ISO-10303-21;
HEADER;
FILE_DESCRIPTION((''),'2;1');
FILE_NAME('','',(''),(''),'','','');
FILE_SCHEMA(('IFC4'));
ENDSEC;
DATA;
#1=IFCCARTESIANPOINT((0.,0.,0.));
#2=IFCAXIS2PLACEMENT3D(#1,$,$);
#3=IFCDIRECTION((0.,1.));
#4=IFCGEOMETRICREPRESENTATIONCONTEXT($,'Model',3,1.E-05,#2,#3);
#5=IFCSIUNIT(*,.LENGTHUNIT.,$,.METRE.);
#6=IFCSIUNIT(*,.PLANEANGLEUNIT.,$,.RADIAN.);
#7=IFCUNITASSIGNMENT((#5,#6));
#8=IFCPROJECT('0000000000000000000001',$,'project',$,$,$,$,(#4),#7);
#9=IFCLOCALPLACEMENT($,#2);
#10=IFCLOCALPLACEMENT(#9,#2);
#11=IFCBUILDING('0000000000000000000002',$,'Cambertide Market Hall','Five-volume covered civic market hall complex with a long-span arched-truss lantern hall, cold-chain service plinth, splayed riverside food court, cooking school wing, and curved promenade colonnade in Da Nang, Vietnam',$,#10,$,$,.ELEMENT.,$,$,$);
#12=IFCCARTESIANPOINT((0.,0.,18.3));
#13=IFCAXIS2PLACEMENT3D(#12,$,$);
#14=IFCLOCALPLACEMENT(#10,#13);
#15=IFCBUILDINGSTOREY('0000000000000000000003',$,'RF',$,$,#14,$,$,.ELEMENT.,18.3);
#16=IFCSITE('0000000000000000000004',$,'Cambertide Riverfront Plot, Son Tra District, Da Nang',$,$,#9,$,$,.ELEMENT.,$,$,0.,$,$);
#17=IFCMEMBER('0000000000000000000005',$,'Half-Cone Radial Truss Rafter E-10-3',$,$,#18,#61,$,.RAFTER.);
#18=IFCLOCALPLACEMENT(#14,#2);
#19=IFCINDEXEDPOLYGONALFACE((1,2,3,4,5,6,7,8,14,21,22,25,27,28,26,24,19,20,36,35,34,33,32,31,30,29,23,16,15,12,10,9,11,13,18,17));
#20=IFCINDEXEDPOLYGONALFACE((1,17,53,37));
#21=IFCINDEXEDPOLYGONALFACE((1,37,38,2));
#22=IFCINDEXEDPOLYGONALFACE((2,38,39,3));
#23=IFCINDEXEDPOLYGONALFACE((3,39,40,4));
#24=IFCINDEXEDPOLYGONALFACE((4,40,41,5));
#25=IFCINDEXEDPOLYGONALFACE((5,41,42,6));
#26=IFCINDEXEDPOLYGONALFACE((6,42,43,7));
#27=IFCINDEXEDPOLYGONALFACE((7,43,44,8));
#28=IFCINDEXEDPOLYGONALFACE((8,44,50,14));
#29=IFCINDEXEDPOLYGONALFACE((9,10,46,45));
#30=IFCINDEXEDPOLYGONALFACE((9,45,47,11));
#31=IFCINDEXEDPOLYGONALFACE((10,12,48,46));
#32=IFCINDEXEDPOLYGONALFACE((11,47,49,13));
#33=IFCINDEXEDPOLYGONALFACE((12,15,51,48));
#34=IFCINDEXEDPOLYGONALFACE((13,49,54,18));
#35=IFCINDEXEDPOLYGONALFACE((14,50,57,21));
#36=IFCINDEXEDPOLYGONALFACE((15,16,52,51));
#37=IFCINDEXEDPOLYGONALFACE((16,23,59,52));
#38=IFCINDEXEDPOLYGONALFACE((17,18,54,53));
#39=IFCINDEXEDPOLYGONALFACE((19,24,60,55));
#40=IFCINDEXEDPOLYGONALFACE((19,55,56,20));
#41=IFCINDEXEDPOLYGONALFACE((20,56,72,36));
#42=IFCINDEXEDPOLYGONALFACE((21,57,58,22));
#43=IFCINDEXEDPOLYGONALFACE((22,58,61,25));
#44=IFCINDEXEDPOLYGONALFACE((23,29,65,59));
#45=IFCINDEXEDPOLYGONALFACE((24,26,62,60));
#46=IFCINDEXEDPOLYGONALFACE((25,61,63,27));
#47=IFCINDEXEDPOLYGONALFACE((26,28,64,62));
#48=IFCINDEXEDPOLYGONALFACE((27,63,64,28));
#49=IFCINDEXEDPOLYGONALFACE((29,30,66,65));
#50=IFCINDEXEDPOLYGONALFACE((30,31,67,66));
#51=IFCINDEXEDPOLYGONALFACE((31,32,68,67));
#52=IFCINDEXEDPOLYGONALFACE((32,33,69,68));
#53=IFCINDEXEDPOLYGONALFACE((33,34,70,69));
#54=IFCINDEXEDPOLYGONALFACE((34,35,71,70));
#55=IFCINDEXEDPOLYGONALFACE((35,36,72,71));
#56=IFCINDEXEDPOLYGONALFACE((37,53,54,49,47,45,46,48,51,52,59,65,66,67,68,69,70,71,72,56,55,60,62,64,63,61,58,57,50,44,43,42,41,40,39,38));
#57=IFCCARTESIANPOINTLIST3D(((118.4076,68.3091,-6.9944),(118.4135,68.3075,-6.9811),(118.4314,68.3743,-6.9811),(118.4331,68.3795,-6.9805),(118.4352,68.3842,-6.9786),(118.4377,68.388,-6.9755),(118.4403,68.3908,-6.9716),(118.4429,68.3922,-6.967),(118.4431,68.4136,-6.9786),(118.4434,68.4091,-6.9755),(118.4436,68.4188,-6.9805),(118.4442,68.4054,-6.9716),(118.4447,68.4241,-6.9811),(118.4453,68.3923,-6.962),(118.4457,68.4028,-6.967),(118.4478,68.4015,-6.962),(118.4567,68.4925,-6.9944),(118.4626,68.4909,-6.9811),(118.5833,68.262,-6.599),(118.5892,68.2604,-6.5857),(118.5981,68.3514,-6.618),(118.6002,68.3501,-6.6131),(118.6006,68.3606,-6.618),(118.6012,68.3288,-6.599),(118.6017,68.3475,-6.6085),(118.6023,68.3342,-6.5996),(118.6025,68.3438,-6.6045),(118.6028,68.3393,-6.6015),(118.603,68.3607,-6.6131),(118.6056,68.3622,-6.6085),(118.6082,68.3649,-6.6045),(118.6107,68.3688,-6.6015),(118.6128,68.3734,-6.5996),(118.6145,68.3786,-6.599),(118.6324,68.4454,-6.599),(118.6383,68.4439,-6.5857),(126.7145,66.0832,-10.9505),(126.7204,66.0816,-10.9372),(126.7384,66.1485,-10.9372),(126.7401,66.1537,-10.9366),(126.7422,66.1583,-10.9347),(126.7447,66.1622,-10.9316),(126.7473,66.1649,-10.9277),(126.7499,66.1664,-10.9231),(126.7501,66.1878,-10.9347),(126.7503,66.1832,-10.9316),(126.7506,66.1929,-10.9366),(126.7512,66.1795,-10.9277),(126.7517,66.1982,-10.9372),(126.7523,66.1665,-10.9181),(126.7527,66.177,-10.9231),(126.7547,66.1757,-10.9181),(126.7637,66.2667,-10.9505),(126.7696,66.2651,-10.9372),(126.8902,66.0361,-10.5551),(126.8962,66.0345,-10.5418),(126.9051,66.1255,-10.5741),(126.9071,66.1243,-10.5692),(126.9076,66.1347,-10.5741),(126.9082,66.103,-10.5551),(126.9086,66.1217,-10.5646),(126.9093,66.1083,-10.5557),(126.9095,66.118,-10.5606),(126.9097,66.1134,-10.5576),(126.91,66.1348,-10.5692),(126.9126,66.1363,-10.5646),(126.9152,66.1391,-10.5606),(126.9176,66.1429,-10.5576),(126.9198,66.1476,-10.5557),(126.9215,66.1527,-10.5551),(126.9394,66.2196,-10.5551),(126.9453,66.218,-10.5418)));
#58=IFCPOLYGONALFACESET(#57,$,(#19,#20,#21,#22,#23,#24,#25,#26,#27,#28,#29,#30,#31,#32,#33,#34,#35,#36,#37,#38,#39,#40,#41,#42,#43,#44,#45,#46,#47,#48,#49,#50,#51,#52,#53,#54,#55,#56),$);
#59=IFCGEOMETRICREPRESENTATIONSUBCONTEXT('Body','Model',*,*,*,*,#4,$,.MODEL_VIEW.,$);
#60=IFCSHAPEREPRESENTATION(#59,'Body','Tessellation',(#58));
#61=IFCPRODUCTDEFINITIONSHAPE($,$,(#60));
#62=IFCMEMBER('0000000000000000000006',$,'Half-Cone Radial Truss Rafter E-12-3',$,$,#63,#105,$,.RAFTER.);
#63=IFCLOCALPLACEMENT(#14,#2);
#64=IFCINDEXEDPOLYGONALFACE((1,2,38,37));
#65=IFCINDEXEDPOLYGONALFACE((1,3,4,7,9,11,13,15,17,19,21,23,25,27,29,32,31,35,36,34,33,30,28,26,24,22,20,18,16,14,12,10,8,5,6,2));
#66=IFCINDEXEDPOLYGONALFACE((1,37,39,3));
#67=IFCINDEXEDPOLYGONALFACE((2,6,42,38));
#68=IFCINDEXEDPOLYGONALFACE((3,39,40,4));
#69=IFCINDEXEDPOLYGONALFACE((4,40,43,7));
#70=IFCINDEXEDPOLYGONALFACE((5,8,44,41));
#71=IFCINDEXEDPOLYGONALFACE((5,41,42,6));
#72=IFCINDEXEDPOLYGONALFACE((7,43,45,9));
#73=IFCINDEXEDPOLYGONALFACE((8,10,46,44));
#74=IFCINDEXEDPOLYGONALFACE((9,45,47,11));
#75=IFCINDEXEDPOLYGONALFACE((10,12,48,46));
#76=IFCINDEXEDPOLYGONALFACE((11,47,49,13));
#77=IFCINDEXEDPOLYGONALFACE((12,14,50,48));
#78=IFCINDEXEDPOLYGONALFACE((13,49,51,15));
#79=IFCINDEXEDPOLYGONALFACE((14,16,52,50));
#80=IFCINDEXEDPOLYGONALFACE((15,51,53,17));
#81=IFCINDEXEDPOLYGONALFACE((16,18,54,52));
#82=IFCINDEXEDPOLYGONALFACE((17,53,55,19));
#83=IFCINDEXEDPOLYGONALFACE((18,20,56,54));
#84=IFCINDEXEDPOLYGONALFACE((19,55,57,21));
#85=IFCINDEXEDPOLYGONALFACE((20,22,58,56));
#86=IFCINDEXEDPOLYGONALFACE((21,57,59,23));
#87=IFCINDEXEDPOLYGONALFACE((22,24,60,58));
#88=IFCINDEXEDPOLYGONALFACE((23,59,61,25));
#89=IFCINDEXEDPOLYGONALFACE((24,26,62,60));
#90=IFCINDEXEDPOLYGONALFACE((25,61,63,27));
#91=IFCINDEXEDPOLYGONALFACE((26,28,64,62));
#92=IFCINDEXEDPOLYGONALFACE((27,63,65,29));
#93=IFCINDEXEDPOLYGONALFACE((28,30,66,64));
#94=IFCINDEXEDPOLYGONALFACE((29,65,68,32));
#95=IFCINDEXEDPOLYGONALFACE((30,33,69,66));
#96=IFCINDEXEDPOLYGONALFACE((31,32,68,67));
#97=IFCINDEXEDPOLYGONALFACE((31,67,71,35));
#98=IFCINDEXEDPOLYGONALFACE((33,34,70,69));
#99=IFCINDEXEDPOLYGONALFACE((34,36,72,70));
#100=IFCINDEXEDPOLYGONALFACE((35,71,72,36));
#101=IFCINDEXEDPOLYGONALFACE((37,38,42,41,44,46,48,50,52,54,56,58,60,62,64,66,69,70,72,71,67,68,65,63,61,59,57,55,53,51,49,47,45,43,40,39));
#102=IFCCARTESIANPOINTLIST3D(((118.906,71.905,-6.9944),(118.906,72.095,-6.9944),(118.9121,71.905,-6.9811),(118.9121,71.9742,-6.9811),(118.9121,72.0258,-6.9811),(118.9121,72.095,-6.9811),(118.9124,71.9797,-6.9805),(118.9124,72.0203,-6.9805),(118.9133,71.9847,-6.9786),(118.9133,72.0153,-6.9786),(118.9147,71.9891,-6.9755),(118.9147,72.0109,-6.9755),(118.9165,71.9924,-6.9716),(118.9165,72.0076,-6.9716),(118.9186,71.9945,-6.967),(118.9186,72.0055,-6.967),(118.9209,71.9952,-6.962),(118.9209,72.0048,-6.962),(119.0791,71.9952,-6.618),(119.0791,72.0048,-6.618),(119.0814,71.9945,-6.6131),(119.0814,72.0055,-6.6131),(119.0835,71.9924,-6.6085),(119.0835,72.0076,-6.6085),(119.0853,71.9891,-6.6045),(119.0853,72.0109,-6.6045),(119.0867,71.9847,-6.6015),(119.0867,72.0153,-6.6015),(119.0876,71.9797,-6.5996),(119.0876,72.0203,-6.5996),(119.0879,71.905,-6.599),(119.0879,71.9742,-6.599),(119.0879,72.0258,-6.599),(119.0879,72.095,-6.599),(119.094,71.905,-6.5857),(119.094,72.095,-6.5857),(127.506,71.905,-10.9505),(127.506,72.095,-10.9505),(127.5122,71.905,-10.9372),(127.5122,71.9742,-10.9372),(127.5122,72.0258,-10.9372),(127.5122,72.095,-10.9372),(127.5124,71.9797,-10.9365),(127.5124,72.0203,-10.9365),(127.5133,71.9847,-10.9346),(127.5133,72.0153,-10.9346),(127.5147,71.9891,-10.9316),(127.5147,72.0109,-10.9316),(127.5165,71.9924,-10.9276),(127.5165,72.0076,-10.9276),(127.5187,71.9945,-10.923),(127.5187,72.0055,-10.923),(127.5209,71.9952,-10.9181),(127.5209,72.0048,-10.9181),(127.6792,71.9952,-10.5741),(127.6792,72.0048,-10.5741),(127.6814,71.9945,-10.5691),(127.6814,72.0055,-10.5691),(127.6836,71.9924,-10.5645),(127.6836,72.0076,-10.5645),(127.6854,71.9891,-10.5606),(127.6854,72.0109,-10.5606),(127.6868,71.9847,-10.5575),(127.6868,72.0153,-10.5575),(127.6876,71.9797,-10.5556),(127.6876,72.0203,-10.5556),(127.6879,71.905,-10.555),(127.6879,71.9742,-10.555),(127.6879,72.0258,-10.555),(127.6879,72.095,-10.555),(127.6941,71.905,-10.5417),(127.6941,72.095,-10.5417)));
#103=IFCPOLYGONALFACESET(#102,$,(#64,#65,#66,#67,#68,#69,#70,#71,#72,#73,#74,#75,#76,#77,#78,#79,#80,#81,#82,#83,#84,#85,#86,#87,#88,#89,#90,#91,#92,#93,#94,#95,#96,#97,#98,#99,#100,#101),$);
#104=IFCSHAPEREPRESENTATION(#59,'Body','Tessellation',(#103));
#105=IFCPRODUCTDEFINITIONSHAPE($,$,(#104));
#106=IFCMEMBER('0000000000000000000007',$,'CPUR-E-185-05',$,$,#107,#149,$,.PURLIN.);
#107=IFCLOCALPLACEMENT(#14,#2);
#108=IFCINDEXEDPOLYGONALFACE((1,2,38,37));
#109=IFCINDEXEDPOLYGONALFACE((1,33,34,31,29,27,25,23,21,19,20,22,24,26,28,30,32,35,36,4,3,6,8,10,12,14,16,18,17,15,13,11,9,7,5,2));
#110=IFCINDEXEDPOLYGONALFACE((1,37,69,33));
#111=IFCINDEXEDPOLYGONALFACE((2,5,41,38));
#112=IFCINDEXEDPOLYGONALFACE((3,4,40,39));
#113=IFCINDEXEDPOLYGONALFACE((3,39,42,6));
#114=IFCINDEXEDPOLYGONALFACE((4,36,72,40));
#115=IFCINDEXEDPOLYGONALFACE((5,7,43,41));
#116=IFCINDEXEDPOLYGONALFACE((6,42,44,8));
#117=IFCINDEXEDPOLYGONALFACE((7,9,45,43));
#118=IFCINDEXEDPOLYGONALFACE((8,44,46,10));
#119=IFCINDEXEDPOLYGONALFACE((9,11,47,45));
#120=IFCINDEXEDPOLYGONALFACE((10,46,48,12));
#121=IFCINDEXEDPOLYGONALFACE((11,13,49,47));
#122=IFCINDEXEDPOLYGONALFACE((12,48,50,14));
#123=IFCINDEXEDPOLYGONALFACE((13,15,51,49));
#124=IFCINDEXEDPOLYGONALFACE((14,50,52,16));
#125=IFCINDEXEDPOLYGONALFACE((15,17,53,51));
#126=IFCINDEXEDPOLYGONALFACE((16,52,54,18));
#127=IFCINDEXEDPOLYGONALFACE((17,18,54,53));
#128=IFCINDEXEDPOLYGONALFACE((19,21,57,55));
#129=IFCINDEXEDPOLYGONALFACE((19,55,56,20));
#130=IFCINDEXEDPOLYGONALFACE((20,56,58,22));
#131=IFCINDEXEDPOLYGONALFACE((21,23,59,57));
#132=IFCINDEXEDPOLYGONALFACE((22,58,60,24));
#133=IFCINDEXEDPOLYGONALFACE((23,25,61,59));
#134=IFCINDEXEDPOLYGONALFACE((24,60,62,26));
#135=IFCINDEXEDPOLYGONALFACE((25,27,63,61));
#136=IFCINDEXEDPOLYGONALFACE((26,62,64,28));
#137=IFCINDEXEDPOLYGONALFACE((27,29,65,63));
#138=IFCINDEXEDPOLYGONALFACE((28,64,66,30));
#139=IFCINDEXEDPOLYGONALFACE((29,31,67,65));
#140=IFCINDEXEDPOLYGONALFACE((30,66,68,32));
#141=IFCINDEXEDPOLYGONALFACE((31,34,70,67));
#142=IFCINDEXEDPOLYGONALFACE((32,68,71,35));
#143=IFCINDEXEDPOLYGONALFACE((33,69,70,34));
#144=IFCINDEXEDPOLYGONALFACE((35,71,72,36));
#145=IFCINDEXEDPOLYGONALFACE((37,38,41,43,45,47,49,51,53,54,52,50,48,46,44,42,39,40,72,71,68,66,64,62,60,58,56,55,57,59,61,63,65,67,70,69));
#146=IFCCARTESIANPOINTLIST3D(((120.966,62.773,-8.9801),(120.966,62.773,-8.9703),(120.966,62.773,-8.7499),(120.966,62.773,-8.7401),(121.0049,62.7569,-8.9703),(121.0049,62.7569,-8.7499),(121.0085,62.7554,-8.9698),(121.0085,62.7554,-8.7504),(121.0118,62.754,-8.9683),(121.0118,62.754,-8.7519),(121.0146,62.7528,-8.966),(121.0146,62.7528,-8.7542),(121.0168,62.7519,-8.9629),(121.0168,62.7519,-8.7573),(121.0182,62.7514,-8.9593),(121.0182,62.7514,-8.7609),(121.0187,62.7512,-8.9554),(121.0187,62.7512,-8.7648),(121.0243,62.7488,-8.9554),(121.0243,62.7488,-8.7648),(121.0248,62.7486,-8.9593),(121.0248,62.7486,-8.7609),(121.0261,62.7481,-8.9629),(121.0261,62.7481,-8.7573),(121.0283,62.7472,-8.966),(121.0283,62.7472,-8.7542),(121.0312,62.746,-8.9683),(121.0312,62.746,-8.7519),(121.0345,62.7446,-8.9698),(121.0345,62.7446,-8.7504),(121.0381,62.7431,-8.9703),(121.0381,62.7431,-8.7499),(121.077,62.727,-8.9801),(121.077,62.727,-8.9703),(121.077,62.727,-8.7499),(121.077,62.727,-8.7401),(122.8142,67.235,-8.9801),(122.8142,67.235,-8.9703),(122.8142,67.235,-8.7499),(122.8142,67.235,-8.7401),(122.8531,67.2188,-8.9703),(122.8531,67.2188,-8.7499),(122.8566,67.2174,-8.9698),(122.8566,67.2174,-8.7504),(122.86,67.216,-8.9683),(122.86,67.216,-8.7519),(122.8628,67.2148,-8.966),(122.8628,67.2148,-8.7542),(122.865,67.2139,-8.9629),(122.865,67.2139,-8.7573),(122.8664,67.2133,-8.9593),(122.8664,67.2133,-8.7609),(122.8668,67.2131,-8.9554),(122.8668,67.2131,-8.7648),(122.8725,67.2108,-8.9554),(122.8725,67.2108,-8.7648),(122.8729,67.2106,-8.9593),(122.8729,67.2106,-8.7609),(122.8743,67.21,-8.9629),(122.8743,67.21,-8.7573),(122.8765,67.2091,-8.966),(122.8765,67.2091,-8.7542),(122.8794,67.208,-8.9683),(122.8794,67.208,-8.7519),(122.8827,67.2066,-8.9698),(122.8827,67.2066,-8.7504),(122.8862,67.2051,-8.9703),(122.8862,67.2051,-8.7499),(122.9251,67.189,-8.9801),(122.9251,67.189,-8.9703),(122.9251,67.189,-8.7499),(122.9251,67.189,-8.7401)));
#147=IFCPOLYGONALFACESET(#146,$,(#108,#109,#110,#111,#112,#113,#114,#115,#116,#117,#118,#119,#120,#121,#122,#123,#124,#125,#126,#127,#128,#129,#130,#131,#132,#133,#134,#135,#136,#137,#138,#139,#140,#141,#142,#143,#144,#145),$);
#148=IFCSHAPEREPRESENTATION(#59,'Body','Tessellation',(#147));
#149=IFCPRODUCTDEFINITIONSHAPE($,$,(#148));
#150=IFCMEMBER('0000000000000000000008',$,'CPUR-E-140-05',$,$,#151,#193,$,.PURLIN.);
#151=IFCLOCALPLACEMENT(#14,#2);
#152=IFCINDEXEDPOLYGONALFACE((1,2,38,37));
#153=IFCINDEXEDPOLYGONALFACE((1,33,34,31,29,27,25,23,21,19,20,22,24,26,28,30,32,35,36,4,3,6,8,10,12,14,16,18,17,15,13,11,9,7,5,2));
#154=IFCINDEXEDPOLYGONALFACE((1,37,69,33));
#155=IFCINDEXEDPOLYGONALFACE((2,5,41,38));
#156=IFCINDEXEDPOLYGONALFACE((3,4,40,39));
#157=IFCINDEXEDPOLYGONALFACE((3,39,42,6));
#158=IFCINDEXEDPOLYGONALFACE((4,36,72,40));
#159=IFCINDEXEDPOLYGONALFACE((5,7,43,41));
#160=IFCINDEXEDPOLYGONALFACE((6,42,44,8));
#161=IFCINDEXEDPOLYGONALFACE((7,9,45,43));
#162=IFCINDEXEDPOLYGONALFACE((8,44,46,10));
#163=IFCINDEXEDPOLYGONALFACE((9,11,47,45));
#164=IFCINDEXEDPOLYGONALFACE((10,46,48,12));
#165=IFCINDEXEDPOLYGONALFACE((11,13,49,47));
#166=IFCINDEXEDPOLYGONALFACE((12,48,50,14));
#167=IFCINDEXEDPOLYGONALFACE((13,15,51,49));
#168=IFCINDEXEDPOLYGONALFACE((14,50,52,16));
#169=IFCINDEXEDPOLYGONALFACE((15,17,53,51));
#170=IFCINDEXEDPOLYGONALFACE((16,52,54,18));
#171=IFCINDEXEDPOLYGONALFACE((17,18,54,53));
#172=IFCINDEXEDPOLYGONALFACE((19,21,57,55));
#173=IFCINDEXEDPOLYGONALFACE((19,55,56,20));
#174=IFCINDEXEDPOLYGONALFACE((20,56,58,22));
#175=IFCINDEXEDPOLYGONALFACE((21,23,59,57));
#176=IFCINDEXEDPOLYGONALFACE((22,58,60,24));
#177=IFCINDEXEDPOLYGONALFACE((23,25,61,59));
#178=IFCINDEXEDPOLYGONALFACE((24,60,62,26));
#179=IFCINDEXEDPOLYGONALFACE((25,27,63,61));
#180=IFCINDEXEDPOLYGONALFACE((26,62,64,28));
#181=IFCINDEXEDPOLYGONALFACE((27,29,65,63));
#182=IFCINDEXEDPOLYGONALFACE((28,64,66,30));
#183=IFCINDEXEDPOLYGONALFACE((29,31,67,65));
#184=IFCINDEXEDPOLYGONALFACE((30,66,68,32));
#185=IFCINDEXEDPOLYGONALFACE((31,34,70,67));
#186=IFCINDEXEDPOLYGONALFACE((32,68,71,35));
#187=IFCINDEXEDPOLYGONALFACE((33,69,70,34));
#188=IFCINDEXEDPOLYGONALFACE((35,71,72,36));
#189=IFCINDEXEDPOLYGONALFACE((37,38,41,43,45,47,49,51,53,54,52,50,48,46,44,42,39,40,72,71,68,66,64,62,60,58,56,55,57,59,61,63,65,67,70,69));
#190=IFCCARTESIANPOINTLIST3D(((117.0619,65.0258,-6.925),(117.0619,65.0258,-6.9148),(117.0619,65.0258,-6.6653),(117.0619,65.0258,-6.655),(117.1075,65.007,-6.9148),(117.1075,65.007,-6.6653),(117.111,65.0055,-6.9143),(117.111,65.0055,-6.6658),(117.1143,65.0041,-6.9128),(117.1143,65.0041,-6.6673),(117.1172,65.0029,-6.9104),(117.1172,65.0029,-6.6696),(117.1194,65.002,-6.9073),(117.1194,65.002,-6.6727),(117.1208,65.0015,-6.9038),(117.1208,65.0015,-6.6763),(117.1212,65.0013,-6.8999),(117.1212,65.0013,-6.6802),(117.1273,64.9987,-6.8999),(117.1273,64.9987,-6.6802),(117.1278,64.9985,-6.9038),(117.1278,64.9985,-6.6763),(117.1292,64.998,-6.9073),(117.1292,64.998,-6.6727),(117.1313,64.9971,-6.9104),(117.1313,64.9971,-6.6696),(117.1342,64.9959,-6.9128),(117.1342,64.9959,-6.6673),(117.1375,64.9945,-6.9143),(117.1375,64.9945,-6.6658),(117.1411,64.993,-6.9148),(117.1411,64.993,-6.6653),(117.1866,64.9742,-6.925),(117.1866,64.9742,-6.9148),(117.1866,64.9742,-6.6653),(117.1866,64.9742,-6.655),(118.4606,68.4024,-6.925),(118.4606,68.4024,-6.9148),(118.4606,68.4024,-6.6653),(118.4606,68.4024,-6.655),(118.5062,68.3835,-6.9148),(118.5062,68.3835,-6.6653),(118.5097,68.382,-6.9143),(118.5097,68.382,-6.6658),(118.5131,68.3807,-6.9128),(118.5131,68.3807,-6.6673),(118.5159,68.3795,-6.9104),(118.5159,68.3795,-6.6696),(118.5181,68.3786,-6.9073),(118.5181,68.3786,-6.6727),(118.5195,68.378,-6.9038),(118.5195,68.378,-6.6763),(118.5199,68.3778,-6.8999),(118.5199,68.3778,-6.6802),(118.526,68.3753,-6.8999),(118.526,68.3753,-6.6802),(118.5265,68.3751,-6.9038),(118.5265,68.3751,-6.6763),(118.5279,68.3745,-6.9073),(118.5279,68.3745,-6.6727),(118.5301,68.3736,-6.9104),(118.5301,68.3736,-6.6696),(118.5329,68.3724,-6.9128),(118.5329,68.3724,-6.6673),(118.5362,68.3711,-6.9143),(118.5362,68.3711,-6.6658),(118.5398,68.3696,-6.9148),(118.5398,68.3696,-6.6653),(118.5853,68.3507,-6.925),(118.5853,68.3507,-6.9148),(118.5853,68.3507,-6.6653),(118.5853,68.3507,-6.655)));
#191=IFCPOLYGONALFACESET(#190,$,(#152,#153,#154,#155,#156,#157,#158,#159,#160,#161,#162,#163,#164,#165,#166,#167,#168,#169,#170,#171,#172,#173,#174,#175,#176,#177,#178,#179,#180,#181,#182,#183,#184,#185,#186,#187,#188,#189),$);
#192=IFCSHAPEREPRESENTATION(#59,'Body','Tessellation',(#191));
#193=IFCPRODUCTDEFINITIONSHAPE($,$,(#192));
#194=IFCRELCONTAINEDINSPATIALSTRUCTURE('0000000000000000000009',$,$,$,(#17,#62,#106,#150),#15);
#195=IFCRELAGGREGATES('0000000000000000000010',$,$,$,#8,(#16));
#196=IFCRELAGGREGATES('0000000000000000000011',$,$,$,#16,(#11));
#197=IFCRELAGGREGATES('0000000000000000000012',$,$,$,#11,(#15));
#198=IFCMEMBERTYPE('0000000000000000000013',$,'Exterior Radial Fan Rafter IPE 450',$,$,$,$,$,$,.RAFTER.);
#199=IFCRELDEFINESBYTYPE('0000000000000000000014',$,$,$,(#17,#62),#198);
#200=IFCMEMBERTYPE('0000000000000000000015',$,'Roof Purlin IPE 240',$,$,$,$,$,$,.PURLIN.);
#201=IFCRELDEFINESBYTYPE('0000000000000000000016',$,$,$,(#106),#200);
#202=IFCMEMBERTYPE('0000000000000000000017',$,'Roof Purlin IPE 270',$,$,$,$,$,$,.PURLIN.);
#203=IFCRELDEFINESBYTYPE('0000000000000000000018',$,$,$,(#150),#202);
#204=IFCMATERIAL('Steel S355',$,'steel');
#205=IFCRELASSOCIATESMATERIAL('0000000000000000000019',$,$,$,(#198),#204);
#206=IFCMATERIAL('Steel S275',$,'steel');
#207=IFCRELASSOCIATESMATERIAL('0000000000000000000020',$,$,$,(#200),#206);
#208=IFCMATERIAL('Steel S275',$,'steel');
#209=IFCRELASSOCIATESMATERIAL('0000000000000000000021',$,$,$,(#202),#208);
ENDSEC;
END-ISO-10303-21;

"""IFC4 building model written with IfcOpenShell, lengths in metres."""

from ifc_helpers import new_model, si_unit, direction, frame, origin, origin_2d, place, context, subcontext, project, spatial, i_section, extrude, material, material_profile, profile_set, type_object, element, save


model = new_model("IFC4")

# Units and contexts
model_context = context("Model", 3, precision=1e-05, world=origin(), true_north=direction((0.0, 1.0)))
body_context = subcontext(model_context, "Body", "Model", "MODEL_VIEW")
ifc_project = project(units=[si_unit("LENGTHUNIT", "METRE"), si_unit("PLANEANGLEUNIT", "RADIAN")], contexts=[model_context])

# Site, building, storey
site_placement = place(None, origin())
site = spatial("IfcSite", under=ifc_project, at=site_placement, Name="Cambertide Riverfront Plot, Son Tra District, Da Nang", CompositionType="ELEMENT", RefElevation=0.0)
building_placement = place(site_placement, origin())
building = spatial("IfcBuilding", under=site, at=building_placement, Name="Cambertide Market Hall", Description="Five-volume covered civic market hall complex with a long-span arched-truss lantern hall, cold-chain service plinth, splayed riverside food court, cooking school wing, and curved promenade colonnade in Da Nang, Vietnam", CompositionType="ELEMENT")
storey_placement = place(building_placement, frame((0.0, 0.0, 18.3)))
storey = spatial("IfcBuildingStorey", under=building, at=storey_placement, Name="RF", CompositionType="ELEMENT", Elevation=18.3)

# Members
ifc_material_1 = material(Name="Steel S355", Category="steel")
ifc_material_profile_1 = material_profile(ifc_material_1, i_section(OverallWidth=0.1899, OverallDepth=0.45, WebThickness=0.0095, FlangeThickness=0.0146, FilletRadius=0.021, at=origin_2d()), Name="IPE 450")
ifc_profile_set_1 = profile_set([ifc_material_profile_1], Name="Steel S355")
member_type_1 = type_object("IfcMemberType", Name="Exterior Radial Fan Rafter IPE 450", PredefinedType="RAFTER", material=ifc_profile_set_1)
for number, where, z_axis, x_axis, name in (
    (1, (118.5229, 68.3765, -6.79), (0.877531, -0.235134, -0.417914), (0.25882, 0.965926, 0.0), "Half-Cone Radial Truss Rafter E-10-3"),
    (2, (119.0, 72.0, -6.79), (0.90849, 0.0, -0.417906), (0.0, 1.0, 0.0), "Half-Cone Radial Truss Rafter E-12-3"),
):
    element("IfcMember", number, at=place(storey_placement, frame(where, z_axis=z_axis, x_axis=x_axis)), inside=storey, type_object=member_type_1, Name=name, PredefinedType="RAFTER", context=body_context, shape_type="SweptSolid", body=[
        extrude(i_section(OverallWidth=0.1899, OverallDepth=0.45, WebThickness=0.0095, FlangeThickness=0.0146, FilletRadius=0.021, at=origin_2d()), origin(), (0.0, 0.0, 1.0), 9.4663),
    ])
ifc_material_2 = material(Name="Steel S275", Category="steel")
ifc_material_profile_2 = material_profile(ifc_material_2, i_section(OverallWidth=0.1201, OverallDepth=0.24, WebThickness=0.0061, FlangeThickness=0.0098, FilletRadius=0.0149, at=origin_2d()), Name="IPE 240")
ifc_profile_set_2 = profile_set([ifc_material_profile_2], Name="Steel S275")
member_type_2 = type_object("IfcMemberType", Name="Roof Purlin IPE 240", PredefinedType="PURLIN", material=ifc_profile_set_2)
member_1_placement = place(storey_placement, frame((121.0215, 62.75, -8.8601), z_axis=(0.382676, 0.923883, 0.0), x_axis=(-0.923883, 0.382676, 0.0)))
element("IfcMember", 3, at=member_1_placement, inside=storey, type_object=member_type_2, Name="CPUR-E-185-05", PredefinedType="PURLIN", context=body_context, shape_type="SweptSolid", body=[
    extrude(i_section(OverallWidth=0.1201, OverallDepth=0.24, WebThickness=0.0061, FlangeThickness=0.0098, FilletRadius=0.0149, at=origin_2d()), origin(), (0.0, 0.0, 1.0), 4.8296),
])
ifc_material_3 = material(Name="Steel S275", Category="steel")
ifc_material_profile_3 = material_profile(ifc_material_3, i_section(OverallWidth=0.135, OverallDepth=0.27, WebThickness=0.0066, FlangeThickness=0.0103, FilletRadius=0.0149, at=origin_2d()), Name="IPE 270")
ifc_profile_set_3 = profile_set([ifc_material_profile_3], Name="Steel S275")
member_type_3 = type_object("IfcMemberType", Name="Roof Purlin IPE 270", PredefinedType="PURLIN", material=ifc_profile_set_3)
for number, where, z_axis, x_axis, name in (
    (4, (117.1243, 65.0, -6.79), (0.382708, 0.923869, 0.0), (-0.923869, 0.382708, 0.0), "CPUR-E-140-05"),
):
    element("IfcMember", number, at=place(storey_placement, frame(where, z_axis=z_axis, x_axis=x_axis)), inside=storey, type_object=member_type_3, Name=name, PredefinedType="PURLIN", context=body_context, shape_type="SweptSolid", body=[
        extrude(i_section(OverallWidth=0.135, OverallDepth=0.27, WebThickness=0.0066, FlangeThickness=0.0103, FilletRadius=0.0149, at=origin_2d()), origin(), (0.0, 0.0, 1.0), 3.6548),
    ])

save(model, "model.ifc")
